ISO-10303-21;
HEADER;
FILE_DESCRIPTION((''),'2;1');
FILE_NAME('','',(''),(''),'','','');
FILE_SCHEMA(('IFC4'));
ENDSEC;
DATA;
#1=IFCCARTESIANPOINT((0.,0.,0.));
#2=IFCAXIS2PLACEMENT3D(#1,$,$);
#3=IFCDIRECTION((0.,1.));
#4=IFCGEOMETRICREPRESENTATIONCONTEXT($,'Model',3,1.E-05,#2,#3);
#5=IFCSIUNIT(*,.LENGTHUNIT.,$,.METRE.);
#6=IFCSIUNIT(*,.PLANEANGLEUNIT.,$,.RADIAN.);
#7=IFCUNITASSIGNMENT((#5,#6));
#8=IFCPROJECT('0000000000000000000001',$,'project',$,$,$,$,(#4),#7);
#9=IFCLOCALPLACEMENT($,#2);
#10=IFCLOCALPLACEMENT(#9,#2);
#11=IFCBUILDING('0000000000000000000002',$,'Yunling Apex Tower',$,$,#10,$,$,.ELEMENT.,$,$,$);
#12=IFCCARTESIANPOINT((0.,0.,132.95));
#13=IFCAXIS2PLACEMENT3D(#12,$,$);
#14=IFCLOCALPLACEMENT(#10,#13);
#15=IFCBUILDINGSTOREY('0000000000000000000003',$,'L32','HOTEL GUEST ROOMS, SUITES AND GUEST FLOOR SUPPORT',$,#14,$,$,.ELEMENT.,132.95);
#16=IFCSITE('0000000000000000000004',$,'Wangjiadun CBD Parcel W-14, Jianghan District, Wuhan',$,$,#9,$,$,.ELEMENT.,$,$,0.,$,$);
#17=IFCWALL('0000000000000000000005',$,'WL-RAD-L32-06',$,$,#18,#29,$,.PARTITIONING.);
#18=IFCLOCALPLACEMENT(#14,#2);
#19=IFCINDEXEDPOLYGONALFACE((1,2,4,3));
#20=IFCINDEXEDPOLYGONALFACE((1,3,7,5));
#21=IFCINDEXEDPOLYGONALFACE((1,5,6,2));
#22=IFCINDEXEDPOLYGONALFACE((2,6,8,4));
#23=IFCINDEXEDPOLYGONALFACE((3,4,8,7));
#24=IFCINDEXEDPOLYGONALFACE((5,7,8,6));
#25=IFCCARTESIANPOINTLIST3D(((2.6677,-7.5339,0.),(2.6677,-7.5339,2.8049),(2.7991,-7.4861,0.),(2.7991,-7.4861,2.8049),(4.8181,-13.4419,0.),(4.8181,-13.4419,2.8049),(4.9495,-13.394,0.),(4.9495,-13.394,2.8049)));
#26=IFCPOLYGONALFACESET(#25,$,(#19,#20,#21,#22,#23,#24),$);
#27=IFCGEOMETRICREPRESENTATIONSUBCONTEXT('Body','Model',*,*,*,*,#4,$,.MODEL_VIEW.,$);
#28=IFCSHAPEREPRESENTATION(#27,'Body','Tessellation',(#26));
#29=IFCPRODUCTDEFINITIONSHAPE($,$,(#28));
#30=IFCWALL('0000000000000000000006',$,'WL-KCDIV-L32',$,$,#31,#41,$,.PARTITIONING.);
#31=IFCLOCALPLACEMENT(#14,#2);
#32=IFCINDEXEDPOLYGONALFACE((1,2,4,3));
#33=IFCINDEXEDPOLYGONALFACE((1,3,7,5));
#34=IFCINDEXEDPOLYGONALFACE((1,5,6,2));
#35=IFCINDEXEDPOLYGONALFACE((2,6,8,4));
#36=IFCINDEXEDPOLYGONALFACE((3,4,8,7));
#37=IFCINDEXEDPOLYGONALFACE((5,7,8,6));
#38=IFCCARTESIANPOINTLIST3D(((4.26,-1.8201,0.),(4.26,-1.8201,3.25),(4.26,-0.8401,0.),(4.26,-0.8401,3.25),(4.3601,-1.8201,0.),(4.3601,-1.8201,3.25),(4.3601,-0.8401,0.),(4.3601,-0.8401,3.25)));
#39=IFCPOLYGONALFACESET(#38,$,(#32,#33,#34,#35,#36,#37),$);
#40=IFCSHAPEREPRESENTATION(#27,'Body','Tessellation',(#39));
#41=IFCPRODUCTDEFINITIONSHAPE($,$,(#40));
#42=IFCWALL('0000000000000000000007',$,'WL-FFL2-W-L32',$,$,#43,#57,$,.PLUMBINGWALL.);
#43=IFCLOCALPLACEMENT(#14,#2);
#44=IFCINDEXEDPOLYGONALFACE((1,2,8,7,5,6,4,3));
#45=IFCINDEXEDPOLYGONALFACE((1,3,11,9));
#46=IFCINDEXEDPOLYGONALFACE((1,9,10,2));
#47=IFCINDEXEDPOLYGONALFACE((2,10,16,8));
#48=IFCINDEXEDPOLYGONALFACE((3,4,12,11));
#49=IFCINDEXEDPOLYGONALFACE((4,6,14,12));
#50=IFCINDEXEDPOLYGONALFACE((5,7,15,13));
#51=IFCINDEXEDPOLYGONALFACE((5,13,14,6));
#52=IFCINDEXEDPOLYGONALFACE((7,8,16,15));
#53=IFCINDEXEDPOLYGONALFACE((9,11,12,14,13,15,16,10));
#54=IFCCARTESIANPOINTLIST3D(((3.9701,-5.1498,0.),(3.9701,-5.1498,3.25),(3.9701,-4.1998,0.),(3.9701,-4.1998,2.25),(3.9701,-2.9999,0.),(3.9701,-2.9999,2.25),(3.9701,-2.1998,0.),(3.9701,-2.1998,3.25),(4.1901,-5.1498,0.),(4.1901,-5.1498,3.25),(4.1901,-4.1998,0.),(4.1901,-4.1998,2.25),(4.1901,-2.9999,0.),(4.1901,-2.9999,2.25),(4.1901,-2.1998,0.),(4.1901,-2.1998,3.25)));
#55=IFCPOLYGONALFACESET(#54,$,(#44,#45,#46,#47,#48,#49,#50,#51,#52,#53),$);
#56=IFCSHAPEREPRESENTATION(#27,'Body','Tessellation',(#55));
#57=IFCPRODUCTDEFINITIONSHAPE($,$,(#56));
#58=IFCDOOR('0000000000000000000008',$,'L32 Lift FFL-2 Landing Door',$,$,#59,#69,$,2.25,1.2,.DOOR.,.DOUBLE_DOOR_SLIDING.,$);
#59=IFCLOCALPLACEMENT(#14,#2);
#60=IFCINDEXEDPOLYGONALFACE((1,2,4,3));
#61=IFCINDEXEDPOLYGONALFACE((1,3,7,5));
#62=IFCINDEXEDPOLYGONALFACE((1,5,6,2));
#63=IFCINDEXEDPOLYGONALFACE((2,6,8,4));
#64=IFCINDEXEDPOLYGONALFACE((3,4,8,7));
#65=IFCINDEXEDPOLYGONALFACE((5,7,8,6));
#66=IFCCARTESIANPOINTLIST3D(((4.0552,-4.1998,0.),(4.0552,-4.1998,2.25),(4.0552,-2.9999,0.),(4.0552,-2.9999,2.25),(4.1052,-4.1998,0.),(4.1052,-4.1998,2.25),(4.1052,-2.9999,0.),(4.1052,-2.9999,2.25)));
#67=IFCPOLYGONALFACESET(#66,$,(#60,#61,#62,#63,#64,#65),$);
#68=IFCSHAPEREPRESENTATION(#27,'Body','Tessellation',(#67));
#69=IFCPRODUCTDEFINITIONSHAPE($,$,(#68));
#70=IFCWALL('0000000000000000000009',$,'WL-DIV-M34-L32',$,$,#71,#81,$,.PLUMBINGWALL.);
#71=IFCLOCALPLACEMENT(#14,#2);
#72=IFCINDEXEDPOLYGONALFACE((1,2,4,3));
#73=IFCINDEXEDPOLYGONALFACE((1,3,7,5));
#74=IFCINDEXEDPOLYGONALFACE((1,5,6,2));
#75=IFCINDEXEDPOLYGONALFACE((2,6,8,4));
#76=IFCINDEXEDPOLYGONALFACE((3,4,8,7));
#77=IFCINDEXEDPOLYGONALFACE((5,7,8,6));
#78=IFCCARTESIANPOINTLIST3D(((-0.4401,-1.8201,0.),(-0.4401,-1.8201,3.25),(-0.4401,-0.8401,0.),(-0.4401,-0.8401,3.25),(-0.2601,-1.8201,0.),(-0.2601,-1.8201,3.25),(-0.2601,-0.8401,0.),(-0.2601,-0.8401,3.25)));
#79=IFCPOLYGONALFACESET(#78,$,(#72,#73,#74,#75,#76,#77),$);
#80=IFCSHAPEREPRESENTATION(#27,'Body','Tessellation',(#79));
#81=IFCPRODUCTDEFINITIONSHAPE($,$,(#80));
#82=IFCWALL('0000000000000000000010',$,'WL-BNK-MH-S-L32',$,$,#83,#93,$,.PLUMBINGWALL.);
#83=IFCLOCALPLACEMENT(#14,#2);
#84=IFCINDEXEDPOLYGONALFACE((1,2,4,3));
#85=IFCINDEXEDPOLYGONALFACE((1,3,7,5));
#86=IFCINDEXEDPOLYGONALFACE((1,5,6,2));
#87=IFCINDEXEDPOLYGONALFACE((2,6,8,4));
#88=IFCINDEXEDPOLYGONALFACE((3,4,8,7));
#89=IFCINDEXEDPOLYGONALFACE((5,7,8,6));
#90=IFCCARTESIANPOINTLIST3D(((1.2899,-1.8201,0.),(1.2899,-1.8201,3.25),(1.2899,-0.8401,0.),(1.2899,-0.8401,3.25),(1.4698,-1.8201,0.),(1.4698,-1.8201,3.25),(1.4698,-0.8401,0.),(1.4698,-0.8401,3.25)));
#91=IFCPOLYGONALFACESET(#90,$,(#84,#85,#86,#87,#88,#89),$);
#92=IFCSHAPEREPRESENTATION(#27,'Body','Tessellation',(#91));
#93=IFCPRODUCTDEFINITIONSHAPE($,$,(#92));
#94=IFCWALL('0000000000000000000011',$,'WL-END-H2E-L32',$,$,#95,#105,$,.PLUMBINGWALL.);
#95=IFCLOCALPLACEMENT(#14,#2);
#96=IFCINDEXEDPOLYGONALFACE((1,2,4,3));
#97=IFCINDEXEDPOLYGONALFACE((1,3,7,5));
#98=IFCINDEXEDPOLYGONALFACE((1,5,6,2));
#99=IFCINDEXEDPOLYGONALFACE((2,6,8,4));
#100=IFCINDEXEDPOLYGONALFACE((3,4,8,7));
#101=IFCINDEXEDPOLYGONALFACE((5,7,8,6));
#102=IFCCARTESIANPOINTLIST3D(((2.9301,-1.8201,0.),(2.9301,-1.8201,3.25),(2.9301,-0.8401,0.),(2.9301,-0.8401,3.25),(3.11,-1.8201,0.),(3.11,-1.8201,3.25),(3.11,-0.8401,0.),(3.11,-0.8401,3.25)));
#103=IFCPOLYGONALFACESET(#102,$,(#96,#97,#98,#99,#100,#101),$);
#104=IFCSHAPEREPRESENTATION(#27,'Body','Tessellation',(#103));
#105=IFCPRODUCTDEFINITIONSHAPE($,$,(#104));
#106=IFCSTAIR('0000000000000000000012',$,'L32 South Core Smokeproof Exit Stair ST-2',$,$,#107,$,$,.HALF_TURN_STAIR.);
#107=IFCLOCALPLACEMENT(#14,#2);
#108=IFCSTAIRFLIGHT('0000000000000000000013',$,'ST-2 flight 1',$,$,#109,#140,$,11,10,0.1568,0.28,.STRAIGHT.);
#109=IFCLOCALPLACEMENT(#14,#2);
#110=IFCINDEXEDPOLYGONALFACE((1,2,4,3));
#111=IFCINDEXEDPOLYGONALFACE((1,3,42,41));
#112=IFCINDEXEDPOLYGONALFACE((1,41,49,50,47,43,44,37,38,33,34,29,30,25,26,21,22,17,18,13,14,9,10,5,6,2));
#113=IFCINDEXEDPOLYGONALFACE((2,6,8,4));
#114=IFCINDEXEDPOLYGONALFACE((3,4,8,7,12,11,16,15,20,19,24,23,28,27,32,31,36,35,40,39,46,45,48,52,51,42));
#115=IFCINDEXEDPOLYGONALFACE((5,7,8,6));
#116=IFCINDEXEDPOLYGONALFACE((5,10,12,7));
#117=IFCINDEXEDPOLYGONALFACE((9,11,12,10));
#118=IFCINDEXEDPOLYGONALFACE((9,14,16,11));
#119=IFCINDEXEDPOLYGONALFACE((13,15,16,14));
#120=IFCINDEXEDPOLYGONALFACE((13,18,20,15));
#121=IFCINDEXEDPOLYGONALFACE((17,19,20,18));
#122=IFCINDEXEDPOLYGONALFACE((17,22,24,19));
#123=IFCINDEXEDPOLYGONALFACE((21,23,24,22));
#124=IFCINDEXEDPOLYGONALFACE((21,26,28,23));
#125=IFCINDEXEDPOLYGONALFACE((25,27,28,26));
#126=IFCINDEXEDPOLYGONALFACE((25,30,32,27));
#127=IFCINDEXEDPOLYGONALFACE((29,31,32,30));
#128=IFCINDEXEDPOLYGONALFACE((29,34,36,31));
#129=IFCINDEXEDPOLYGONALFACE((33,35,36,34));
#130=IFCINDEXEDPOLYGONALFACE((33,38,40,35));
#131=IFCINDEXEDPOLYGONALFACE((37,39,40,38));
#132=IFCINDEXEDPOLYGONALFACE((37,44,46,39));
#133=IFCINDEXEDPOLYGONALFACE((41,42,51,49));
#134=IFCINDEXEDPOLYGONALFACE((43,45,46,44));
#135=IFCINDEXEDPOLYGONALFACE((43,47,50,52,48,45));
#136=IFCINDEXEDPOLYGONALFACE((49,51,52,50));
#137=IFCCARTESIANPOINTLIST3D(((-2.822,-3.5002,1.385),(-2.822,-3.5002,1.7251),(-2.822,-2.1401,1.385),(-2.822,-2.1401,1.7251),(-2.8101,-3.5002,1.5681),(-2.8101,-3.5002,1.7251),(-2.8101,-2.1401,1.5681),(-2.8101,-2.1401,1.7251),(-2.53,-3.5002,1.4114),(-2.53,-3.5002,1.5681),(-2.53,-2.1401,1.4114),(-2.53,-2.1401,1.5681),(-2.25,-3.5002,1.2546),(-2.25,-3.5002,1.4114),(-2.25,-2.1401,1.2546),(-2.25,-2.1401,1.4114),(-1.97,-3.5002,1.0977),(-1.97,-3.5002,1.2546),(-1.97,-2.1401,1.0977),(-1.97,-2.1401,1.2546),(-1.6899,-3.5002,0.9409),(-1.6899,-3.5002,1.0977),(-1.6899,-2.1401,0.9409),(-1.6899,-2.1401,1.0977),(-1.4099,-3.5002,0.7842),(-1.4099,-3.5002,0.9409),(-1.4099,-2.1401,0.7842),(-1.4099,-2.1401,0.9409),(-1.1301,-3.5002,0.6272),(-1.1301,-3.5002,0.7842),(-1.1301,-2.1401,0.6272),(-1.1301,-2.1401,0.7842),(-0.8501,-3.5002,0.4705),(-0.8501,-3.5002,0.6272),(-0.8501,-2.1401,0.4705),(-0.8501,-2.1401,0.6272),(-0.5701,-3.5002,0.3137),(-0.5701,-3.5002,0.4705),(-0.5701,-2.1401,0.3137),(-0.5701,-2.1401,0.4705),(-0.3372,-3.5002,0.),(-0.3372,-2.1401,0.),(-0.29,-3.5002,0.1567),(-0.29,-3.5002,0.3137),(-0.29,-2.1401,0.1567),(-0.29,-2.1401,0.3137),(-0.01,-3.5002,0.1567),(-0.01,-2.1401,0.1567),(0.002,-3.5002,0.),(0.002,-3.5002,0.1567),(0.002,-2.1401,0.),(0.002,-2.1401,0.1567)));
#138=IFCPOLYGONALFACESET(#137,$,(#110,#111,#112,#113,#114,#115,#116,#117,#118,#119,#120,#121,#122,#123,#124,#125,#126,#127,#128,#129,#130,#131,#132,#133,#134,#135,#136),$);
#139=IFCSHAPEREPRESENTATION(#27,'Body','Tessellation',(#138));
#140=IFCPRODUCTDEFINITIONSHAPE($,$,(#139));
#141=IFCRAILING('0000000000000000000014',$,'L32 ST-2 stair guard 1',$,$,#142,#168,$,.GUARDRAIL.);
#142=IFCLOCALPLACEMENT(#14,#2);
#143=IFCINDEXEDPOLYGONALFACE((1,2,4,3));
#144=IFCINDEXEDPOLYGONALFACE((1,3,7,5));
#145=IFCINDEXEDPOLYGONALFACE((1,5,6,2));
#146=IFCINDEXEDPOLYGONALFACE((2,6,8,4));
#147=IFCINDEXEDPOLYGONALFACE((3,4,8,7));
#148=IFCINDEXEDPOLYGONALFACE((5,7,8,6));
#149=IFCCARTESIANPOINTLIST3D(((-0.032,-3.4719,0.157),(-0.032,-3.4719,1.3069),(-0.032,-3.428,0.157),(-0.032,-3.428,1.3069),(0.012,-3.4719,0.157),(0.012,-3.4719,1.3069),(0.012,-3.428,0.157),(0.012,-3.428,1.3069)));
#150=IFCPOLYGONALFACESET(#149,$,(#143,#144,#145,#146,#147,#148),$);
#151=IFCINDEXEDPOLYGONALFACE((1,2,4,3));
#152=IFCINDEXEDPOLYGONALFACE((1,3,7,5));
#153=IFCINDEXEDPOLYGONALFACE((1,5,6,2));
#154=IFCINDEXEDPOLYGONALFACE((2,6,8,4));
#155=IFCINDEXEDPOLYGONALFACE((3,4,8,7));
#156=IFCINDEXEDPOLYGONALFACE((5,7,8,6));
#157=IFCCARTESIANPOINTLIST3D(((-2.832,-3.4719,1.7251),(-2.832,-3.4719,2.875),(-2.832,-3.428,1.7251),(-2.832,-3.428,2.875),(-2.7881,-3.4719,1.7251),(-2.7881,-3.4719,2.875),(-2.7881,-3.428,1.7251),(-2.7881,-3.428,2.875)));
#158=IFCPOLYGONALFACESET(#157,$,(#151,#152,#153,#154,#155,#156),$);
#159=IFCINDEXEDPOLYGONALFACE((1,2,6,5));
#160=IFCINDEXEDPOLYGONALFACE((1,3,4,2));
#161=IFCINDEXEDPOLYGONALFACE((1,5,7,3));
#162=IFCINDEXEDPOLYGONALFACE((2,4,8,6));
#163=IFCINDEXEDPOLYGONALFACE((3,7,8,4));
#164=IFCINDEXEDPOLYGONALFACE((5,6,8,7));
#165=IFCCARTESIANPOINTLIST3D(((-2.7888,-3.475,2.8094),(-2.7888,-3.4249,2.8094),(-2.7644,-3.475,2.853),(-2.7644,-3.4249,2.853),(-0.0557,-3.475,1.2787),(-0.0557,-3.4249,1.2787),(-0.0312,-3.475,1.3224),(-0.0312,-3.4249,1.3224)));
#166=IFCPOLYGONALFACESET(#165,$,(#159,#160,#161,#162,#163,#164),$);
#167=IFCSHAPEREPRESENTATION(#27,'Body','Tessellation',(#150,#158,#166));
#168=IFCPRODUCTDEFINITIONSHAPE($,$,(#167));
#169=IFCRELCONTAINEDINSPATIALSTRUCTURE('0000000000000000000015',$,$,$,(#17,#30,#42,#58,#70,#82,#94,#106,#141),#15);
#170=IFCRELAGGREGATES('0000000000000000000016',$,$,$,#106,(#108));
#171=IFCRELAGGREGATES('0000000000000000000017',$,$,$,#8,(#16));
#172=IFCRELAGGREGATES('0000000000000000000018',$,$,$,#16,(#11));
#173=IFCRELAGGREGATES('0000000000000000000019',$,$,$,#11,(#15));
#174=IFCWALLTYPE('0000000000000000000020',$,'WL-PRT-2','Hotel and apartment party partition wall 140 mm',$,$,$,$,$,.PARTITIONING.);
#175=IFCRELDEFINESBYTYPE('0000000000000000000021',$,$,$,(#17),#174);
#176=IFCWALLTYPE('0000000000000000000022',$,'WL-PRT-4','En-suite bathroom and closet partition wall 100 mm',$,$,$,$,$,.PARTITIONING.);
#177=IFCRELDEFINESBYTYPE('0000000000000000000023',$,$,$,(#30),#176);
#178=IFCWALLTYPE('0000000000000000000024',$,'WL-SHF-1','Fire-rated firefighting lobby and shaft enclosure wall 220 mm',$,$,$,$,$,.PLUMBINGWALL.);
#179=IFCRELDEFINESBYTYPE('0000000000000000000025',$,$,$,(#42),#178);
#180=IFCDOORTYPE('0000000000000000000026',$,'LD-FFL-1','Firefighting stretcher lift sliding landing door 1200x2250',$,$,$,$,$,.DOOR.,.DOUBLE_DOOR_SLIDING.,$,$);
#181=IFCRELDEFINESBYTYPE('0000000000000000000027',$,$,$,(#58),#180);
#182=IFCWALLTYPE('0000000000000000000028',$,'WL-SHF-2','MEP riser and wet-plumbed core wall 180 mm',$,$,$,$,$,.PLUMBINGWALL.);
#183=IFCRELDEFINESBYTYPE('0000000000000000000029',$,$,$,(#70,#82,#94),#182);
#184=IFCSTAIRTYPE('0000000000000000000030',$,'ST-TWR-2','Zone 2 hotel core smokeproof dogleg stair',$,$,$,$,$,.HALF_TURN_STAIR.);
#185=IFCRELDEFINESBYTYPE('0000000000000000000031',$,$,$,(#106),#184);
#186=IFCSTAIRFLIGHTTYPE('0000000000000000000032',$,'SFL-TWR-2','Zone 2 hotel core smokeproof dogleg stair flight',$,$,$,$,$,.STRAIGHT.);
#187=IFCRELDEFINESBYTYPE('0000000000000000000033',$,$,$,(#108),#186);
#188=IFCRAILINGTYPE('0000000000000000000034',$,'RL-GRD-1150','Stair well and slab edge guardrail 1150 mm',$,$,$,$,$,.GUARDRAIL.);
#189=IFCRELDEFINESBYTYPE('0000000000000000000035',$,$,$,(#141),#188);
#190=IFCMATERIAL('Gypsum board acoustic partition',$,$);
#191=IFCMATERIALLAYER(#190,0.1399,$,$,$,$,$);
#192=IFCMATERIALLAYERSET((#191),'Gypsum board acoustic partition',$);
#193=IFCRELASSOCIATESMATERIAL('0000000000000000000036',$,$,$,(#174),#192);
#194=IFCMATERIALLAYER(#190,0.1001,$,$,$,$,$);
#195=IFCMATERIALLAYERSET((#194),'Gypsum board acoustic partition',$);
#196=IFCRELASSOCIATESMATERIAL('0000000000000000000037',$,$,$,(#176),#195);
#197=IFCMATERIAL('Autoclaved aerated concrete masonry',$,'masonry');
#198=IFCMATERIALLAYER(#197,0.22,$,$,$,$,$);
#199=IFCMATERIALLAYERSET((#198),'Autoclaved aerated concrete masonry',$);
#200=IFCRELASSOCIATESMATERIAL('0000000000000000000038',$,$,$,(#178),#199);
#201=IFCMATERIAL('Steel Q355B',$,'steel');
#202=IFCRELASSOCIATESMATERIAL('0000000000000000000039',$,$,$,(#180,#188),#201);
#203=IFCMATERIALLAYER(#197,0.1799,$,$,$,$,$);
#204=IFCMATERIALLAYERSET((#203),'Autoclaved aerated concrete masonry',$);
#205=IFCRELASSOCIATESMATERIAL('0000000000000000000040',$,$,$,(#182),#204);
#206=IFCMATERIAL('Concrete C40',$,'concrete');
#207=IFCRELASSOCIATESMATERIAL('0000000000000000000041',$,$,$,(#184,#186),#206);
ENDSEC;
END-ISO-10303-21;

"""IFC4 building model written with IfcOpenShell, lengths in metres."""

from ifc_helpers import new_model, si_unit, direction, frame, frame_2d, origin, origin_2d, place, context, subcontext, project, spatial, polyline, rectangle, outline, extrude, material, layer, layer_set, type_object, element, fill, aggregate, save


model = new_model("IFC4")

# Units and contexts
model_context = context("Model", 3, precision=1e-05, world=origin(), true_north=direction((0.0, 1.0)))
body_context = subcontext(model_context, "Body", "Model", "MODEL_VIEW")
ifc_project = project(units=[si_unit("LENGTHUNIT", "METRE"), si_unit("PLANEANGLEUNIT", "RADIAN")], contexts=[model_context])

# Site, building, storey
site_placement = place(None, origin())
site = spatial("IfcSite", under=ifc_project, at=site_placement, Name="Wangjiadun CBD Parcel W-14, Jianghan District, Wuhan", CompositionType="ELEMENT", RefElevation=0.0)
building_placement = place(site_placement, origin())
building = spatial("IfcBuilding", under=site, at=building_placement, Name="Yunling Apex Tower", CompositionType="ELEMENT")
storey_placement = place(building_placement, frame((0.0, 0.0, 132.95)))
storey = spatial("IfcBuildingStorey", under=building, at=storey_placement, Name="L32", Description="HOTEL GUEST ROOMS, SUITES AND GUEST FLOOR SUPPORT", CompositionType="ELEMENT", Elevation=132.95)

# Shared definitions
ifc_material_1 = material(Name="Steel Q355B", Category="steel")

# Shared definitions
ifc_material_2 = material(Name="Concrete C40", Category="concrete")
ifc_material_3 = material(Name="Gypsum board acoustic partition")

# Walls
ifc_layer_1 = layer(ifc_material_3, 0.1399)
ifc_layer_set_1 = layer_set([ifc_layer_1], Name="Gypsum board acoustic partition")
wall_type_1 = type_object("IfcWallType", Name="WL-PRT-2", Description="Hotel and apartment party partition wall 140 mm", PredefinedType="PARTITIONING", material=ifc_layer_set_1)
wall_1_placement = place(storey_placement, frame((2.7334, -7.51, 0.0), z_axis=(0.0, 0.0, 1.0), x_axis=(0.34203, -0.939689, 0.0)))
element("IfcWall", 1, at=wall_1_placement, inside=storey, type_object=wall_type_1, Name="WL-RAD-L32-06", PredefinedType="PARTITIONING", context=body_context, shape_type="SweptSolid", body=[
    extrude(rectangle(XDim=6.2871, YDim=0.1399, at=frame_2d((3.1436, 0.0))), origin(), (0.0, 0.0, 1.0), 2.8049),
])
ifc_layer_2 = layer(ifc_material_3, 0.1001)
ifc_layer_set_2 = layer_set([ifc_layer_2], Name="Gypsum board acoustic partition")
wall_type_2 = type_object("IfcWallType", Name="WL-PRT-4", Description="En-suite bathroom and closet partition wall 100 mm", PredefinedType="PARTITIONING", material=ifc_layer_set_2)
wall_2_placement = place(storey_placement, frame((4.3101, -1.8201, 0.0), z_axis=(0.0, 0.0, 1.0), x_axis=(0.0, 1.0, 0.0)))
element("IfcWall", 2, at=wall_2_placement, inside=storey, type_object=wall_type_2, Name="WL-KCDIV-L32", PredefinedType="PARTITIONING", context=body_context, shape_type="SweptSolid", body=[
    extrude(rectangle(XDim=0.98, YDim=0.1001, at=frame_2d((0.49, 0.0))), origin(), (0.0, 0.0, 1.0), 3.25),
])

# Wall, opening, door
ifc_material_4 = material(Name="Autoclaved aerated concrete masonry", Category="masonry")
ifc_layer_3 = layer(ifc_material_4, 0.22)
ifc_layer_set_3 = layer_set([ifc_layer_3], Name="Autoclaved aerated concrete masonry")
wall_type_3 = type_object("IfcWallType", Name="WL-SHF-1", Description="Fire-rated firefighting lobby and shaft enclosure wall 220 mm", PredefinedType="PLUMBINGWALL", material=ifc_layer_set_3)
wall_3_placement = place(storey_placement, frame((4.0801, -5.1499, 0.0), z_axis=(0.0, 0.0, 1.0), x_axis=(0.0, 1.0, 0.0)))
wall_3 = element("IfcWall", 3, at=wall_3_placement, inside=storey, type_object=wall_type_3, Name="WL-FFL2-W-L32", PredefinedType="PLUMBINGWALL", context=body_context, shape_type="SweptSolid", body=[
    extrude(rectangle(XDim=2.95, YDim=0.22, at=frame_2d((1.4751, 0.0))), origin(), (0.0, 0.0, 1.0), 3.25),
])
opening_1_placement = place(wall_3_placement, frame((0.95, 0.0, 0.0)))
opening_1 = element("IfcOpeningElement", 4, at=opening_1_placement, cuts=wall_3, PredefinedType="OPENING", context=body_context, shape_type="SweptSolid", body=[
    extrude(rectangle(XDim=1.2, YDim=2.25, at=frame_2d((0.6001, 1.125))), frame((0.0, 0.1201, 0.0), z_axis=(0.0, -1.0, 0.0), x_axis=(1.0, 0.0, 0.0)), (0.0, 0.0, 1.0), 0.24),
])
door_type_1 = type_object("IfcDoorType", Name="LD-FFL-1", Description="Firefighting stretcher lift sliding landing door 1200x2250", OperationType="DOUBLE_DOOR_SLIDING", PredefinedType="DOOR", material=ifc_material_1)
door_1_placement = place(opening_1_placement, origin())
door_1 = element("IfcDoor", 5, at=door_1_placement, inside=storey, type_object=door_type_1, Name="L32 Lift FFL-2 Landing Door", OperationType="DOUBLE_DOOR_SLIDING", OverallHeight=2.25, OverallWidth=1.2, PredefinedType="DOOR", context=body_context, shape_type="SweptSolid", body=[
    extrude(rectangle(XDim=1.2, YDim=2.25, at=frame_2d((0.6001, 1.125))), frame((0.0, 0.0249, 0.0), z_axis=(0.0, -1.0, 0.0), x_axis=(1.0, 0.0, 0.0)), (0.0, 0.0, 1.0), 0.05),
])
fill(opening_1, door_1)

# Walls
ifc_layer_4 = layer(ifc_material_4, 0.1799)
ifc_layer_set_4 = layer_set([ifc_layer_4], Name="Autoclaved aerated concrete masonry")
wall_type_4 = type_object("IfcWallType", Name="WL-SHF-2", Description="MEP riser and wet-plumbed core wall 180 mm", PredefinedType="PLUMBINGWALL", material=ifc_layer_set_4)
for number, where, z_axis, x_axis, name in (
    (6, (-0.3501, -1.8201, 0.0), (0.0, 0.0, 1.0), (0.0, 1.0, 0.0), "WL-DIV-M34-L32"),
    (7, (1.3799, -1.8201, 0.0), (0.0, 0.0, 1.0), (0.0, 1.0, 0.0), "WL-BNK-MH-S-L32"),
    (8, (3.02, -1.8201, 0.0), (0.0, 0.0, 1.0), (0.0, 1.0, 0.0), "WL-END-H2E-L32"),
):
    element("IfcWall", number, at=place(storey_placement, frame(where, z_axis=z_axis, x_axis=x_axis)), inside=storey, type_object=wall_type_4, Name=name, PredefinedType="PLUMBINGWALL", context=body_context, shape_type="SweptSolid", body=[
        extrude(rectangle(XDim=0.98, YDim=0.1799, at=frame_2d((0.49, 0.0))), origin(), (0.0, 0.0, 1.0), 3.25),
    ])

# Stair, stair flight
stair_type = type_object("IfcStairType", Name="ST-TWR-2", Description="Zone 2 hotel core smokeproof dogleg stair", PredefinedType="HALF_TURN_STAIR", material=ifc_material_2)
stair_placement = place(storey_placement, origin())
stair = element("IfcStair", 9, at=stair_placement, inside=storey, type_object=stair_type, Name="L32 South Core Smokeproof Exit Stair ST-2", PredefinedType="HALF_TURN_STAIR")
stair_flight_type = type_object("IfcStairFlightType", Name="SFL-TWR-2", Description="Zone 2 hotel core smokeproof dogleg stair flight", PredefinedType="STRAIGHT", material=ifc_material_2)
stair_flight_placement = place(storey_placement, frame((-0.01, -2.8201, 0.0), z_axis=(0.0, 0.0, 1.0), x_axis=(-1.0, 0.0, 0.0)))
stair_flight = element("IfcStairFlight", 10, at=stair_flight_placement, type_object=stair_flight_type, Name="ST-2 flight 1", NumberOfRisers=11, NumberOfTreads=10, PredefinedType="STRAIGHT", RiserHeight=0.1568, TreadLength=0.28, context=body_context, shape_type="SweptSolid", body=[
    extrude(outline(polyline([(-0.012, 0.0), (-0.012, 0.1567), (0.0, 0.1567), (0.28, 0.1567), (0.28, 0.3137), (0.5601, 0.3137), (0.5601, 0.4705), (0.8401, 0.4705), (0.8401, 0.6272), (1.1201, 0.6272), (1.1201, 0.7842), (1.3999, 0.7842), (1.3999, 0.9409), (1.6799, 0.9409), (1.6799, 1.0977), (1.96, 1.0977), (1.96, 1.2546), (2.24, 1.2546), (2.24, 1.4114), (2.52, 1.4114), (2.52, 1.5681), (2.8, 1.5681), (2.8, 1.7251), (2.812, 1.7251), (2.812, 1.385), (0.3271, 0.0), (-0.012, 0.0)])), frame((0.0, 0.6802, 0.0), z_axis=(0.0, -1.0, 0.0), x_axis=(1.0, 0.0, 0.0)), (0.0, 0.0, 1.0), 1.3601),
])
aggregate(stair, [stair_flight])

# Railing
railing_type_1 = type_object("IfcRailingType", Name="RL-GRD-1150", Description="Stair well and slab edge guardrail 1150 mm", PredefinedType="GUARDRAIL", material=ifc_material_1)
railing_1_placement = place(storey_placement, frame((-0.01, -3.45, 0.157)))
element("IfcRailing", 11, at=railing_1_placement, inside=storey, type_object=railing_type_1, Name="L32 ST-2 stair guard 1", PredefinedType="GUARDRAIL", context=body_context, shape_type="SweptSolid", body=[
    extrude(rectangle(XDim=0.0439, YDim=0.0439, at=origin_2d()), origin(), (0.0, 0.0, 1.0), 1.1499),
    extrude(rectangle(XDim=0.0439, YDim=0.0439, at=origin_2d()), frame((-2.8, 0.0, 1.5681)), (0.0, 0.0, 1.0), 1.1499),
    extrude(rectangle(XDim=0.05, YDim=0.05, at=origin_2d()), frame((-0.0334, 0.0, 1.1436), z_axis=(-0.872494, 0.0, 0.488624), x_axis=(0.0, -1.0, 0.0)), (0.0, 0.0, 1.0), 3.1326),
])

save(model, "model.ifc")
